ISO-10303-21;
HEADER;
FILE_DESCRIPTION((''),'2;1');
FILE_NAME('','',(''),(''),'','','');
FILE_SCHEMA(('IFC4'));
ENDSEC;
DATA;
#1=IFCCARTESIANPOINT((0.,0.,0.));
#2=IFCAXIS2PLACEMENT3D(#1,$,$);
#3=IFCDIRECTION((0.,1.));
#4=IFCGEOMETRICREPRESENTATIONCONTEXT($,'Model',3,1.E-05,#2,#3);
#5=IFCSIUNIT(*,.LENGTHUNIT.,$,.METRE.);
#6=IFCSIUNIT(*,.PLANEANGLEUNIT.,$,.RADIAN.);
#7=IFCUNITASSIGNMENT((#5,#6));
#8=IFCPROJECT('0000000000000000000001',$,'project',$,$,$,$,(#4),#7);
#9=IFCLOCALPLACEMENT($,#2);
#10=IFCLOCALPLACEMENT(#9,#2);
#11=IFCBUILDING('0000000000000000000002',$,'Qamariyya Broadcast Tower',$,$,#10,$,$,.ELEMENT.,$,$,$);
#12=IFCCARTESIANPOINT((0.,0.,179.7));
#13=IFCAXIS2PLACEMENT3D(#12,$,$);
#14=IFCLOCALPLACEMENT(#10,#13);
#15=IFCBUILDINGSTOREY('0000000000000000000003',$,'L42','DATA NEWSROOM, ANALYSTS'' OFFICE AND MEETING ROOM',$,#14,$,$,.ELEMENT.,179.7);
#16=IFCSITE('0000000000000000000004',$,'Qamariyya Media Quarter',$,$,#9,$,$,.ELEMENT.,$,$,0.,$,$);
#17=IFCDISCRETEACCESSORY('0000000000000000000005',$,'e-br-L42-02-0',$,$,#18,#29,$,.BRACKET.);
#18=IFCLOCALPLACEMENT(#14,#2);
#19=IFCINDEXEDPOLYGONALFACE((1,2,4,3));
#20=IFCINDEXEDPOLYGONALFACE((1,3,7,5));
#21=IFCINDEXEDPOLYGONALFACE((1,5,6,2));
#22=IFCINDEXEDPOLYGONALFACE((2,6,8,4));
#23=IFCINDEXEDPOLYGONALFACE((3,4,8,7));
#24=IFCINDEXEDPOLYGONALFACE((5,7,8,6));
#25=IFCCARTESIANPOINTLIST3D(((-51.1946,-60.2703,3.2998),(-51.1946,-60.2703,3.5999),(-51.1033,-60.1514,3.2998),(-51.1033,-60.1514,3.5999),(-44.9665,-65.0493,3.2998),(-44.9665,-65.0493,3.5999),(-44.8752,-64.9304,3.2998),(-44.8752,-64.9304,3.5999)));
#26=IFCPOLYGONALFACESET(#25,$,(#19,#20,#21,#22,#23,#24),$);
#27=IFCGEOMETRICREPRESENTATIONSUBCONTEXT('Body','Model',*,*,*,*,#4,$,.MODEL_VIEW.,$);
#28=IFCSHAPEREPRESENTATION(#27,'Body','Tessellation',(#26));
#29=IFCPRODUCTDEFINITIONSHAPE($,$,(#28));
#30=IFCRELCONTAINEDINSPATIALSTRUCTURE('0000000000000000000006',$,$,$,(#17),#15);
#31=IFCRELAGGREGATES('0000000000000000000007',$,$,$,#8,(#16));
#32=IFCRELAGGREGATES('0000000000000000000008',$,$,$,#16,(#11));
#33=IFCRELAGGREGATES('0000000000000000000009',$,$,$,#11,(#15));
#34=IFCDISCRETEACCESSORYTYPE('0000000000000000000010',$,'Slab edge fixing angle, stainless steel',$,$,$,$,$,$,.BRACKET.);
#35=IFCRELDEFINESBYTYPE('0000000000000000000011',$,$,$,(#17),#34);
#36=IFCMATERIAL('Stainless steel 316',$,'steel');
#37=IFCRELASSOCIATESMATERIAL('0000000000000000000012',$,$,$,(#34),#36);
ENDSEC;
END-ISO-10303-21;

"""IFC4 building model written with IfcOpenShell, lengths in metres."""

from ifc_helpers import new_model, si_unit, direction, frame, origin, origin_2d, place, context, subcontext, project, spatial, rectangle, extrude, material, type_object, element, save


model = new_model("IFC4")

# Units and contexts
model_context = context("Model", 3, precision=1e-05, world=origin(), true_north=direction((0.0, 1.0)))
body_context = subcontext(model_context, "Body", "Model", "MODEL_VIEW")
ifc_project = project(units=[si_unit("LENGTHUNIT", "METRE"), si_unit("PLANEANGLEUNIT", "RADIAN")], contexts=[model_context])

# Site, building, storey
site_placement = place(None, origin())
site = spatial("IfcSite", under=ifc_project, at=site_placement, Name="Qamariyya Media Quarter", CompositionType="ELEMENT", RefElevation=0.0)
building_placement = place(site_placement, origin())
building = spatial("IfcBuilding", under=site, at=building_placement, Name="Qamariyya Broadcast Tower", CompositionType="ELEMENT")
storey_placement = place(building_placement, frame((0.0, 0.0, 179.7)))
storey = spatial("IfcBuildingStorey", under=building, at=storey_placement, Name="L42", Description="DATA NEWSROOM, ANALYSTS' OFFICE AND MEETING ROOM", CompositionType="ELEMENT", Elevation=179.7)

# Discrete accessory
ifc_material_1 = material(Name="Stainless steel 316", Category="steel")
discrete_accessory_type = type_object("IfcDiscreteAccessoryType", Name="Slab edge fixing angle, stainless steel", PredefinedType="BRACKET", material=ifc_material_1)
discrete_accessory_placement = place(storey_placement, frame((-48.0349, -62.6003, 3.2998), z_axis=(0.0, 0.0, 1.0), x_axis=(0.793353, -0.608761, 0.0)))
element("IfcDiscreteAccessory", 1, at=discrete_accessory_placement, inside=storey, type_object=discrete_accessory_type, Name="e-br-L42-02-0", PredefinedType="BRACKET", context=body_context, shape_type="SweptSolid", body=[
    extrude(rectangle(XDim=7.8503, YDim=0.1499, at=origin_2d()), origin(), (0.0, 0.0, 1.0), 0.3),
])

save(model, "model.ifc")
